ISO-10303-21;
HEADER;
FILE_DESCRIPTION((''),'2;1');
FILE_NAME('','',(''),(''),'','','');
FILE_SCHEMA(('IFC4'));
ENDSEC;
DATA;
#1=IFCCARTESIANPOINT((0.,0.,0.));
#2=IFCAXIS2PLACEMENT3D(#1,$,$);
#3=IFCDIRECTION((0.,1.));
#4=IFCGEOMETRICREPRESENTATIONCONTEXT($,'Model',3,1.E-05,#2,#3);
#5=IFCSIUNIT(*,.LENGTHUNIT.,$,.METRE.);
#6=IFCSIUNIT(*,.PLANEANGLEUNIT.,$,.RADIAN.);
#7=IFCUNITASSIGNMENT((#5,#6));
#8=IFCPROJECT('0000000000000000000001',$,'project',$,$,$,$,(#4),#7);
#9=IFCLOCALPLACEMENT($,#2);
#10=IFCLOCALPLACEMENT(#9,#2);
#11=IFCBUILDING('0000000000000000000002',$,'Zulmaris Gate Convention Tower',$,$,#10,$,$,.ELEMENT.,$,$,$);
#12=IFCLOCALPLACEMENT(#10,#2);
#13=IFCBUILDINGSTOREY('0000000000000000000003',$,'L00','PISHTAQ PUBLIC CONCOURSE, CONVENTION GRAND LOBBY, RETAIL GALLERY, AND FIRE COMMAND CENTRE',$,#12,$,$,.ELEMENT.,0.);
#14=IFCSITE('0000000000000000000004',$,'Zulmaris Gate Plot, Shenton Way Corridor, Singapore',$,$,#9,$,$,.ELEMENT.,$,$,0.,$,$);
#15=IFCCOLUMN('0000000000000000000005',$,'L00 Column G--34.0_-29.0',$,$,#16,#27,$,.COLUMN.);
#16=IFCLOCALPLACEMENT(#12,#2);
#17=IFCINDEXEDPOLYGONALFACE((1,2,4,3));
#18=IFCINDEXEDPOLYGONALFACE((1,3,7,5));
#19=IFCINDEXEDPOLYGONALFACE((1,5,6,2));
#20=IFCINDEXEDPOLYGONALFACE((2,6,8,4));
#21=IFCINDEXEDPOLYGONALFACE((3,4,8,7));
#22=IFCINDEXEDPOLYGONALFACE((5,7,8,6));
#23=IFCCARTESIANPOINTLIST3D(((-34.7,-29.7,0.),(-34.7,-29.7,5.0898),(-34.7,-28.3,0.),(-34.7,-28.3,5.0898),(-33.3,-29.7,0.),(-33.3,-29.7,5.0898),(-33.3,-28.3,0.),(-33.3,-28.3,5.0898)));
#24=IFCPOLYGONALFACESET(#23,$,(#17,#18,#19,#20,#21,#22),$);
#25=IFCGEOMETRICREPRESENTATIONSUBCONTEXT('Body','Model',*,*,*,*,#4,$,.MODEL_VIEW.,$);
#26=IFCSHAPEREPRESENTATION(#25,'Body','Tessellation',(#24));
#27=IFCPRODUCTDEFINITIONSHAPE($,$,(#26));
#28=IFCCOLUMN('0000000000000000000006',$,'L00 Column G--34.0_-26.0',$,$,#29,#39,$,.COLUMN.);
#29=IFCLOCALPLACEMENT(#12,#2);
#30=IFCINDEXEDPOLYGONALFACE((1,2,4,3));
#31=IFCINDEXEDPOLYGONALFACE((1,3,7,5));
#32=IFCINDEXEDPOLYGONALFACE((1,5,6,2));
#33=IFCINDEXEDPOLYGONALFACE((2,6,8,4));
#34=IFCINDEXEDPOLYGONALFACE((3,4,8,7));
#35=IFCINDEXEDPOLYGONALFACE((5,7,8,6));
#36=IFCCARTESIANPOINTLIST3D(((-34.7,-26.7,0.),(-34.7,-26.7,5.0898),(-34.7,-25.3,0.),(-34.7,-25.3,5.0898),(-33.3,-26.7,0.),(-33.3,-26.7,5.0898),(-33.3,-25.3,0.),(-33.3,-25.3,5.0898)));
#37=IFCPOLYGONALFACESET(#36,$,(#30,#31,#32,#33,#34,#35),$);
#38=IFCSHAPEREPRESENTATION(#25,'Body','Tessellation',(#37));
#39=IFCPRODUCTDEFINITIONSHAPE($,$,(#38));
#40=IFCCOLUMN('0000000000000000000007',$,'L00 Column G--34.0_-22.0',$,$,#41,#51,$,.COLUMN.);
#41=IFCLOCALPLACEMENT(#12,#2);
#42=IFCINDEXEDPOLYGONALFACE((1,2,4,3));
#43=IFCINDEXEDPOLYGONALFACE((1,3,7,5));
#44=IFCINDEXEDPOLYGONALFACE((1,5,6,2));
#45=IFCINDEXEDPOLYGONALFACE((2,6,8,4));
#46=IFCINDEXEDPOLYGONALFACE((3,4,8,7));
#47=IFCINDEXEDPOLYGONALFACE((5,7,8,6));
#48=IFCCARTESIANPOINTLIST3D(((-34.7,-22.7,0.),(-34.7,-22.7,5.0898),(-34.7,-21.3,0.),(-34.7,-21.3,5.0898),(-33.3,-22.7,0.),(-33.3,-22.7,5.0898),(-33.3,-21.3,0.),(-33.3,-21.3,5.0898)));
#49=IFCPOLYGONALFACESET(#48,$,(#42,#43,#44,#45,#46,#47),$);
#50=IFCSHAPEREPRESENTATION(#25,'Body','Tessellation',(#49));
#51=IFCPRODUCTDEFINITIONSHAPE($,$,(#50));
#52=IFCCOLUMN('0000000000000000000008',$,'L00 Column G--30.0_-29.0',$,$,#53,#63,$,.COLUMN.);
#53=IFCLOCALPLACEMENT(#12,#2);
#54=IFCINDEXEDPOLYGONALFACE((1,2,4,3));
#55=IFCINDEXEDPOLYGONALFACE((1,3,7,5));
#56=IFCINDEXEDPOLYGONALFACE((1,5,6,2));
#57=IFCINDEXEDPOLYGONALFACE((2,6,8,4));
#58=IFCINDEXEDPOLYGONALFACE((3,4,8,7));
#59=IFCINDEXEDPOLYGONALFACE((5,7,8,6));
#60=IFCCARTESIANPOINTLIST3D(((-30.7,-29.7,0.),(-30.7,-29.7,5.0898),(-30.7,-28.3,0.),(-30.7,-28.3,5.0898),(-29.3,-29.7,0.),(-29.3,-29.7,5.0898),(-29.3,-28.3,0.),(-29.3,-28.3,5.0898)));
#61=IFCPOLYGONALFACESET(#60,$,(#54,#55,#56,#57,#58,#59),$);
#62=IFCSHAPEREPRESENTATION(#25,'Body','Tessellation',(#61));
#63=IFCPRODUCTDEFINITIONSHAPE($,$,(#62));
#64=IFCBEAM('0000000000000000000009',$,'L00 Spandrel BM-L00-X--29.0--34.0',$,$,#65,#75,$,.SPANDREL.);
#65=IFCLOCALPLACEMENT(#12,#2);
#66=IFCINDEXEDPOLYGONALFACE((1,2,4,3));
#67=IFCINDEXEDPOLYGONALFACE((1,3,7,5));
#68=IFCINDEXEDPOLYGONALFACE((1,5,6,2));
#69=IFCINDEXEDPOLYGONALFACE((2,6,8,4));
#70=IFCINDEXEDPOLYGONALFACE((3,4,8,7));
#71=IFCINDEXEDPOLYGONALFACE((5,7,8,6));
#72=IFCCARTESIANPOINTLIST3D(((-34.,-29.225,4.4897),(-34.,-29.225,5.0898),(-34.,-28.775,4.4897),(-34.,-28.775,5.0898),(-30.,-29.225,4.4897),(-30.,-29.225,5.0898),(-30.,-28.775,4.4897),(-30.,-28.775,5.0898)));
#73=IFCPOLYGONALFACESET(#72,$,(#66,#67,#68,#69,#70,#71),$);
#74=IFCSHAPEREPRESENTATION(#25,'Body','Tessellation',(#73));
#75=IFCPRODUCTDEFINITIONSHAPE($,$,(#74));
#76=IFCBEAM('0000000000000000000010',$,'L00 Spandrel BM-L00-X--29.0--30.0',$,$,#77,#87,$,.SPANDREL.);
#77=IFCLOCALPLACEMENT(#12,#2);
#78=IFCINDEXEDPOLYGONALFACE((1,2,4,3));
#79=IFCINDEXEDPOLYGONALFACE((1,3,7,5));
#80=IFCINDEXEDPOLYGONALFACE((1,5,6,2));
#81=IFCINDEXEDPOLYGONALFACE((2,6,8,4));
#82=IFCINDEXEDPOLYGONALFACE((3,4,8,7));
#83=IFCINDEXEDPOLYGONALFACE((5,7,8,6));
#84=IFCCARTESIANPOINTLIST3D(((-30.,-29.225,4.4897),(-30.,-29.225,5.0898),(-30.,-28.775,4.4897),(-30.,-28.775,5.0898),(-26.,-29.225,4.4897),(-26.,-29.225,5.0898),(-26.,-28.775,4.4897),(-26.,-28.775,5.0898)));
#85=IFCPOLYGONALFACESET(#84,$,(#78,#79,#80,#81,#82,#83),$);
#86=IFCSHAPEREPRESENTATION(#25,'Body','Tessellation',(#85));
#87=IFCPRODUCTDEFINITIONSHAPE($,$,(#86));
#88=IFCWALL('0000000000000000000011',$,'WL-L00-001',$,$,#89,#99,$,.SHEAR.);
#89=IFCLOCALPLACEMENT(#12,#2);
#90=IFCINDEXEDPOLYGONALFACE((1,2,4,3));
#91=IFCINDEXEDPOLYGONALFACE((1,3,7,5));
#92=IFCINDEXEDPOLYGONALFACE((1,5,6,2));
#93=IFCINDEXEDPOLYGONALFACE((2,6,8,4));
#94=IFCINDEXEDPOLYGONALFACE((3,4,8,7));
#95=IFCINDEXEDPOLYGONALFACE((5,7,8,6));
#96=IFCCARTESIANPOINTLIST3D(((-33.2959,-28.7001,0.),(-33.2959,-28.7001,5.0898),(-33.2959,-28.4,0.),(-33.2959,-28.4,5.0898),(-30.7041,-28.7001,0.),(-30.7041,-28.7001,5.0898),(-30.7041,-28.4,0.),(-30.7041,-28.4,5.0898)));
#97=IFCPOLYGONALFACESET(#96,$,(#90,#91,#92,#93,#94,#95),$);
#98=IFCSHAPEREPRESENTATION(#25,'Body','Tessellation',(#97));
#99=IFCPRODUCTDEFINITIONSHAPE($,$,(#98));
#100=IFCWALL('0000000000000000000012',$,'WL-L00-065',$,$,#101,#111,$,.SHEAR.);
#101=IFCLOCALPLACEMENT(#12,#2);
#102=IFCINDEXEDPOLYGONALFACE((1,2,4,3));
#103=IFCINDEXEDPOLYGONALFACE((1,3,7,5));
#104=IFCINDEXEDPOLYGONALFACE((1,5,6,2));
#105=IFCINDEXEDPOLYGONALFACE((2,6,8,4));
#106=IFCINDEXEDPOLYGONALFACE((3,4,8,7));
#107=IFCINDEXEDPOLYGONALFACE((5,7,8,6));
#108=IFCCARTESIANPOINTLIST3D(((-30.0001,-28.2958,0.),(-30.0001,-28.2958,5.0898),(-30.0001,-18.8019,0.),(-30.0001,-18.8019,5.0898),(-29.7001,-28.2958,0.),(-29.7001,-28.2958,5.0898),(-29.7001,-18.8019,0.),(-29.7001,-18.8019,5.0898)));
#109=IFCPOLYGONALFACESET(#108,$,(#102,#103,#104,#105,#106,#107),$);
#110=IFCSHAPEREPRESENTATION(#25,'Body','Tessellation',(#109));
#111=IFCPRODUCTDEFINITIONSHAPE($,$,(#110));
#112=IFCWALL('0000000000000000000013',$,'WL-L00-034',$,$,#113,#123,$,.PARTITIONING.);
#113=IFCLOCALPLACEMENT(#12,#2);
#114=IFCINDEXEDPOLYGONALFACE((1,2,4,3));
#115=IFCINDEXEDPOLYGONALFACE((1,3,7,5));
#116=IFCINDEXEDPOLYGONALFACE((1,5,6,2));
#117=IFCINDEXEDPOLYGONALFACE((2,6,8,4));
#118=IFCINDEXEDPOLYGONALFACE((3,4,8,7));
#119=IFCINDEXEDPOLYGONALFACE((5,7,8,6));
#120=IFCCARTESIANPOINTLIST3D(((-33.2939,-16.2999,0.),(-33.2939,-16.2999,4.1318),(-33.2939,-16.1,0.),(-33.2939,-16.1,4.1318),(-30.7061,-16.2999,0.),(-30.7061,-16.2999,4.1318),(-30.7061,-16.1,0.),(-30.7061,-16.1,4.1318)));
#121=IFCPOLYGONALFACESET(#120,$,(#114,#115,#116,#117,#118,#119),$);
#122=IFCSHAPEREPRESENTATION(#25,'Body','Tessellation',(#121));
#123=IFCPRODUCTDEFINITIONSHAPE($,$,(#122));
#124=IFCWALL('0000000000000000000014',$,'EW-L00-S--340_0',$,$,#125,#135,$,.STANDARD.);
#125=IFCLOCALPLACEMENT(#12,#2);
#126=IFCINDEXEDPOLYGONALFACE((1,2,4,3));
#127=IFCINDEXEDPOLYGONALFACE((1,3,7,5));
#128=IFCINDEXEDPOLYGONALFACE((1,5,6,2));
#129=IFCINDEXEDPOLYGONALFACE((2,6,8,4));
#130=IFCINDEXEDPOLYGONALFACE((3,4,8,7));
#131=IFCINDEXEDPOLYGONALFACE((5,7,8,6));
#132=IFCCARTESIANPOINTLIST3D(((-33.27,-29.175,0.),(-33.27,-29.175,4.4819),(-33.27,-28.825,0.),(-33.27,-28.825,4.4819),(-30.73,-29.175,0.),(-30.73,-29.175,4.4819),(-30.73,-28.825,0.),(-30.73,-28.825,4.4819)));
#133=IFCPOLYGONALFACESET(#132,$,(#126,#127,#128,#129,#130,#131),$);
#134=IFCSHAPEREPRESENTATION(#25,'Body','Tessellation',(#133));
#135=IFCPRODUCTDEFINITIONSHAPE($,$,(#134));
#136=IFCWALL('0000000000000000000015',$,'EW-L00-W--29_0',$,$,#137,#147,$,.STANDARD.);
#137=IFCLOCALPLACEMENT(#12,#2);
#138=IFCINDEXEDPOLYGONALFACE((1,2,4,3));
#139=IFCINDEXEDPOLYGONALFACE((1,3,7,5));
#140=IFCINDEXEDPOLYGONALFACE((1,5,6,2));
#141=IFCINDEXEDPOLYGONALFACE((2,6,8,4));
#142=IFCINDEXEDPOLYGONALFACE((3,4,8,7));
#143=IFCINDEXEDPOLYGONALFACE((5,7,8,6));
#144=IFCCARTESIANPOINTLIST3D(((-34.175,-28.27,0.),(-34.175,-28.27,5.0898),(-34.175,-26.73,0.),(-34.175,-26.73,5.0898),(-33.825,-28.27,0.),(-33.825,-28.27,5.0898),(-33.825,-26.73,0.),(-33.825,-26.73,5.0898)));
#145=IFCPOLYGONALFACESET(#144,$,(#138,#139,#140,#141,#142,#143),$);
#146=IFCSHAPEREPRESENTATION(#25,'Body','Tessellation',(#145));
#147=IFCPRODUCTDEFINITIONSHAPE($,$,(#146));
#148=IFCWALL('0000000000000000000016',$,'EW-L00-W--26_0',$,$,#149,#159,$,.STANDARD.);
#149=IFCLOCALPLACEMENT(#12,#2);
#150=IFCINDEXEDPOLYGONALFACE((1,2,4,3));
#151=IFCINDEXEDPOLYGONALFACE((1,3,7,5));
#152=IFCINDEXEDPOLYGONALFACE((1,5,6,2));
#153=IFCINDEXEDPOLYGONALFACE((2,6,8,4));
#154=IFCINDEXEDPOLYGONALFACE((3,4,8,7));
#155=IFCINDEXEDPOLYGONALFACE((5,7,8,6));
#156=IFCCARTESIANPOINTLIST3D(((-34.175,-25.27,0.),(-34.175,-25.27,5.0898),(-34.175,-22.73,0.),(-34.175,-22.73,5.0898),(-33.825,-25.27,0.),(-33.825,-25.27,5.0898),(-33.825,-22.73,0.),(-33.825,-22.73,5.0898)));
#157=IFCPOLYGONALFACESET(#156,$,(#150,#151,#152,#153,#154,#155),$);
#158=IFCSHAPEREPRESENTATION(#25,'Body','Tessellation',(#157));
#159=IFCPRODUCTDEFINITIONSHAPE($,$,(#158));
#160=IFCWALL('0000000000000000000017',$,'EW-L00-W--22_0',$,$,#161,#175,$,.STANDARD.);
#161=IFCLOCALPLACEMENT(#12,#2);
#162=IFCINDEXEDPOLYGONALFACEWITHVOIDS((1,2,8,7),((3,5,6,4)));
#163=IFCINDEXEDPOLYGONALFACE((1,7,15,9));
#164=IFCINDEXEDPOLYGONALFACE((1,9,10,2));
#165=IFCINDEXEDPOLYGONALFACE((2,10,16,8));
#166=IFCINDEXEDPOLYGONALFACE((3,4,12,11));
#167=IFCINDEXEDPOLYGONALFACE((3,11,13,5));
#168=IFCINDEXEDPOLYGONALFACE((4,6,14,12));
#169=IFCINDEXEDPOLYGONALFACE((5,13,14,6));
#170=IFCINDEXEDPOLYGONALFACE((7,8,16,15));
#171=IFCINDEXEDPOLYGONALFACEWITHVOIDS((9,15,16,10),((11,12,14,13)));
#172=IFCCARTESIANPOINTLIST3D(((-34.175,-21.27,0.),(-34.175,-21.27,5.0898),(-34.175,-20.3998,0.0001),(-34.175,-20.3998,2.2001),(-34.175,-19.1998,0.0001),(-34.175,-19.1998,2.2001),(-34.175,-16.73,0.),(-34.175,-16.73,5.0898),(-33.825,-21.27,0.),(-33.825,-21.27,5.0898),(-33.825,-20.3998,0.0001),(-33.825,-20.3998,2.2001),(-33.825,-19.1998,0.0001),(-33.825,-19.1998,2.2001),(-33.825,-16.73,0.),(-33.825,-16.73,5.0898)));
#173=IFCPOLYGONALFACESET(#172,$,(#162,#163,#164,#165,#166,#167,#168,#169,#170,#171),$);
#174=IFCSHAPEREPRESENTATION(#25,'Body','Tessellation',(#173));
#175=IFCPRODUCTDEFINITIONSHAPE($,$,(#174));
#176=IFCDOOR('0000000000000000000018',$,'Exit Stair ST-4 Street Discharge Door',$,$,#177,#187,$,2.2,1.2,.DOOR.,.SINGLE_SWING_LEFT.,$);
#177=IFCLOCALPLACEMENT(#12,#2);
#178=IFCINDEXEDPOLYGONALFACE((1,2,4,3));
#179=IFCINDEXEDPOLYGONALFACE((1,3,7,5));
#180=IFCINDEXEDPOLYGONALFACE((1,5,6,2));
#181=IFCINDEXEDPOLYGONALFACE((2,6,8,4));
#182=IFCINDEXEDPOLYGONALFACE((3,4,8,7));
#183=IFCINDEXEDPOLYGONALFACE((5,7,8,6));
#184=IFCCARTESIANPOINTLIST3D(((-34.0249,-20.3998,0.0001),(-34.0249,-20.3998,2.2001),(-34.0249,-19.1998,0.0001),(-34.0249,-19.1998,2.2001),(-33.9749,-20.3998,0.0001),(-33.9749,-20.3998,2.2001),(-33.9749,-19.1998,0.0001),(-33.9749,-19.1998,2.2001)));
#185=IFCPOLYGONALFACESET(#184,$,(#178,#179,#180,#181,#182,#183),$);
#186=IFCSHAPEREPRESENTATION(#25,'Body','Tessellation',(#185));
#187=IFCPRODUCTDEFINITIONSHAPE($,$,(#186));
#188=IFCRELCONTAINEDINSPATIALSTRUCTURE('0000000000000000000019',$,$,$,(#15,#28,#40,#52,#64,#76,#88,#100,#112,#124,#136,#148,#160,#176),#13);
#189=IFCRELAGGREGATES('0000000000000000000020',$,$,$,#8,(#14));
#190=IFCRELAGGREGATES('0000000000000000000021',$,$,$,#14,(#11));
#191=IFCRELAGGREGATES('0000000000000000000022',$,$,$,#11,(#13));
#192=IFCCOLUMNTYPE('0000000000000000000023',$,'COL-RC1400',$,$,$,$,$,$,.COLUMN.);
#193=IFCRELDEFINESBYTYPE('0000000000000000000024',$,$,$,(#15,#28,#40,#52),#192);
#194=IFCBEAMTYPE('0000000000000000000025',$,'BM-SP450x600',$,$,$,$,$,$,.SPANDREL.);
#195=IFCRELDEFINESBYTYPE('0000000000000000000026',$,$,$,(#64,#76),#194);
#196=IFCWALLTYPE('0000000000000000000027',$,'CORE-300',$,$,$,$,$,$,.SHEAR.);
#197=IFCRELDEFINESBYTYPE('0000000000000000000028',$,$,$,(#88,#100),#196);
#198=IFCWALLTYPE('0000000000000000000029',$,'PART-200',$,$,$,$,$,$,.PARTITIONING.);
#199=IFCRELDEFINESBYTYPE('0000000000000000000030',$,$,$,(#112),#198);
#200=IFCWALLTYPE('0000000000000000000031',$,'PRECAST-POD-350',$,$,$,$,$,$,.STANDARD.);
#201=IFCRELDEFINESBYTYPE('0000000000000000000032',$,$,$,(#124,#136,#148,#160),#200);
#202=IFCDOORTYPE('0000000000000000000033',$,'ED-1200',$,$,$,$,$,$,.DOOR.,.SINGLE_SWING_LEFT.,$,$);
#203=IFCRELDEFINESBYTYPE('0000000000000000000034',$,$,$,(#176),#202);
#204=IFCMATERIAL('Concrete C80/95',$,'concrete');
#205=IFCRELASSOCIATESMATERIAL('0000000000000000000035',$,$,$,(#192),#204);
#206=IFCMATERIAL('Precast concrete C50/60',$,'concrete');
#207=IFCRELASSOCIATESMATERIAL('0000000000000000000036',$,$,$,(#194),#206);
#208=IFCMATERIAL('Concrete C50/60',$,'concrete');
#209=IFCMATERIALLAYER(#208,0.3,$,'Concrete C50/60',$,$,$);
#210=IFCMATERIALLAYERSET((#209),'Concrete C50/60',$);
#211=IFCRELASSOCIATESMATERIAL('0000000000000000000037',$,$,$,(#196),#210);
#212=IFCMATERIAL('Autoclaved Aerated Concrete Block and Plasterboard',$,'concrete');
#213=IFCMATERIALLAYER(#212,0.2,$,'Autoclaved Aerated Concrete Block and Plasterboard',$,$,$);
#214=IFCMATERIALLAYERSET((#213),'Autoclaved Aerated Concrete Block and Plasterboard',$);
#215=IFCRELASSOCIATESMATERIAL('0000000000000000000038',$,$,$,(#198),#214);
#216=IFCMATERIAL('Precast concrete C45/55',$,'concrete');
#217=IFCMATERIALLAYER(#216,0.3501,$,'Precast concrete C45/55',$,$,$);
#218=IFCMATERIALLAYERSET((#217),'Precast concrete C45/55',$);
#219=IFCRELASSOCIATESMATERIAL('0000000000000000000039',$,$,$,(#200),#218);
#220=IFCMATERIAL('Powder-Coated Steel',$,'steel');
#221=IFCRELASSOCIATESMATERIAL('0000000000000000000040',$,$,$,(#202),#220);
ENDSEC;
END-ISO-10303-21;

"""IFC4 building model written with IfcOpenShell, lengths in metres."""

from ifc_helpers import new_model, si_unit, direction, frame, frame_2d, origin, origin_2d, place, context, subcontext, project, spatial, rectangle, extrude, material, layer, layer_set, material_profile, profile_set, type_object, element, fill, save


model = new_model("IFC4")

# Units and contexts
model_context = context("Model", 3, precision=1e-05, world=origin(), true_north=direction((0.0, 1.0)))
body_context = subcontext(model_context, "Body", "Model", "MODEL_VIEW")
ifc_project = project(units=[si_unit("LENGTHUNIT", "METRE"), si_unit("PLANEANGLEUNIT", "RADIAN")], contexts=[model_context])

# Site, building, storey
site_placement = place(None, origin())
site = spatial("IfcSite", under=ifc_project, at=site_placement, Name="Zulmaris Gate Plot, Shenton Way Corridor, Singapore", CompositionType="ELEMENT", RefElevation=0.0)
building_placement = place(site_placement, origin())
building = spatial("IfcBuilding", under=site, at=building_placement, Name="Zulmaris Gate Convention Tower", CompositionType="ELEMENT")
storey_placement = place(building_placement, origin())
storey = spatial("IfcBuildingStorey", under=building, at=storey_placement, Name="L00", Description="PISHTAQ PUBLIC CONCOURSE, CONVENTION GRAND LOBBY, RETAIL GALLERY, AND FIRE COMMAND CENTRE", CompositionType="ELEMENT", Elevation=0.0)

# Columns
ifc_material_1 = material(Name="Concrete C80/95", Category="concrete")
ifc_material_profile_1 = material_profile(ifc_material_1, rectangle(XDim=1.3999, YDim=1.3999, at=origin_2d()), Name="RC COL 1400x1400")
ifc_profile_set_1 = profile_set([ifc_material_profile_1], Name="Concrete C80/95")
column_type = type_object("IfcColumnType", Name="COL-RC1400", PredefinedType="COLUMN", material=ifc_profile_set_1)
for number, where, z_axis, x_axis, name in (
    (1, (-34.0, -29.0, 0.0), (0.0, 0.0, 1.0), (1.0, 0.0, 0.0), "L00 Column G--34.0_-29.0"),
    (2, (-34.0, -26.0, 0.0), (0.0, 0.0, 1.0), (1.0, 0.0, 0.0), "L00 Column G--34.0_-26.0"),
    (3, (-34.0, -22.0, 0.0), (0.0, 0.0, 1.0), (1.0, 0.0, 0.0), "L00 Column G--34.0_-22.0"),
    (4, (-30.0, -29.0, 0.0), (0.0, 0.0, 1.0), (1.0, 0.0, 0.0), "L00 Column G--30.0_-29.0"),
):
    element("IfcColumn", number, at=place(storey_placement, frame(where, z_axis=z_axis, x_axis=x_axis)), inside=storey, type_object=column_type, Name=name, PredefinedType="COLUMN", context=body_context, shape_type="SweptSolid", body=[
        extrude(rectangle(XDim=1.3999, YDim=1.3999, at=origin_2d()), origin(), (0.0, 0.0, 1.0), 5.0898),
    ])

# Beams
ifc_material_2 = material(Name="Precast concrete C50/60", Category="concrete")
ifc_material_profile_2 = material_profile(ifc_material_2, rectangle(XDim=0.45, YDim=0.6001, at=origin_2d()), Name="RC SPANDREL 450x600")
ifc_profile_set_2 = profile_set([ifc_material_profile_2], Name="Precast concrete C50/60")
beam_type = type_object("IfcBeamType", Name="BM-SP450x600", PredefinedType="SPANDREL", material=ifc_profile_set_2)
for number, where, z_axis, x_axis, name in (
    (5, (-34.0, -29.0, 4.7898), (1.0, 0.0, 0.0), (0.0, 1.0, 0.0), "L00 Spandrel BM-L00-X--29.0--34.0"),
    (6, (-30.0, -29.0, 4.7898), (1.0, 0.0, 0.0), (0.0, 1.0, 0.0), "L00 Spandrel BM-L00-X--29.0--30.0"),
):
    element("IfcBeam", number, at=place(storey_placement, frame(where, z_axis=z_axis, x_axis=x_axis)), inside=storey, type_object=beam_type, Name=name, PredefinedType="SPANDREL", context=body_context, shape_type="SweptSolid", body=[
        extrude(rectangle(XDim=0.45, YDim=0.6001, at=origin_2d()), origin(), (0.0, 0.0, 1.0), 4.0),
    ])

# Wall
ifc_material_3 = material(Name="Concrete C50/60", Category="concrete")
ifc_layer_1 = layer(ifc_material_3, 0.3, Name="Concrete C50/60")
ifc_layer_set_1 = layer_set([ifc_layer_1], Name="Concrete C50/60")
wall_type_1 = type_object("IfcWallType", Name="CORE-300", PredefinedType="SHEAR", material=ifc_layer_set_1)
wall_1_placement = place(storey_placement, frame((-33.2959, -28.55, 0.0), z_axis=(0.0, 0.0, 1.0), x_axis=(1.0, 0.0, 0.0)))
element("IfcWall", 7, at=wall_1_placement, inside=storey, type_object=wall_type_1, Name="WL-L00-001", PredefinedType="SHEAR", context=body_context, shape_type="SweptSolid", body=[
    extrude(rectangle(XDim=2.5918, YDim=0.3, at=frame_2d((1.2959, 0.0))), origin(), (0.0, 0.0, 1.0), 5.0898),
])

# Wall
wall_2_placement = place(storey_placement, frame((-29.8501, -28.2959, 0.0), z_axis=(0.0, 0.0, 1.0), x_axis=(0.0, 1.0, 0.0)))
element("IfcWall", 8, at=wall_2_placement, inside=storey, type_object=wall_type_1, Name="WL-L00-065", PredefinedType="SHEAR", context=body_context, shape_type="SweptSolid", body=[
    extrude(rectangle(XDim=9.4939, YDim=0.3, at=frame_2d((4.7471, 0.0))), origin(), (0.0, 0.0, 1.0), 5.0898),
])

# Shared definitions
ifc_material_4 = material(Name="Autoclaved Aerated Concrete Block and Plasterboard", Category="concrete")
ifc_layer_2 = layer(ifc_material_4, 0.2, Name="Autoclaved Aerated Concrete Block and Plasterboard")
ifc_layer_set_2 = layer_set([ifc_layer_2], Name="Autoclaved Aerated Concrete Block and Plasterboard")
wall_type_2 = type_object("IfcWallType", Name="PART-200", PredefinedType="PARTITIONING", material=ifc_layer_set_2)

# Walls
wall_3_placement = place(storey_placement, frame((-33.2939, -16.2, 0.0), z_axis=(0.0, 0.0, 1.0), x_axis=(1.0, 0.0, 0.0)))
element("IfcWall", 9, at=wall_3_placement, inside=storey, type_object=wall_type_2, Name="WL-L00-034", PredefinedType="PARTITIONING", context=body_context, shape_type="SweptSolid", body=[
    extrude(rectangle(XDim=2.5879, YDim=0.2, at=frame_2d((1.2939, 0.0))), origin(), (0.0, 0.0, 1.0), 4.1318),
])
ifc_material_5 = material(Name="Precast concrete C45/55", Category="concrete")
ifc_layer_3 = layer(ifc_material_5, 0.3501, Name="Precast concrete C45/55")
ifc_layer_set_3 = layer_set([ifc_layer_3], Name="Precast concrete C45/55")
wall_type_3 = type_object("IfcWallType", Name="PRECAST-POD-350", PredefinedType="STANDARD", material=ifc_layer_set_3)
wall_4_placement = place(storey_placement, frame((-33.27, -29.0, 0.0), z_axis=(0.0, 0.0, 1.0), x_axis=(1.0, 0.0, 0.0)))
element("IfcWall", 10, at=wall_4_placement, inside=storey, type_object=wall_type_3, Name="EW-L00-S--340_0", PredefinedType="STANDARD", context=body_context, shape_type="SweptSolid", body=[
    extrude(rectangle(XDim=2.54, YDim=0.3501, at=frame_2d((1.27, 0.0))), origin(), (0.0, 0.0, 1.0), 4.4819),
])
wall_5_placement = place(storey_placement, frame((-34.0, -28.27, 0.0), z_axis=(0.0, 0.0, 1.0), x_axis=(0.0, 1.0, 0.0)))
element("IfcWall", 11, at=wall_5_placement, inside=storey, type_object=wall_type_3, Name="EW-L00-W--29_0", PredefinedType="STANDARD", context=body_context, shape_type="SweptSolid", body=[
    extrude(rectangle(XDim=1.54, YDim=0.3501, at=frame_2d((0.77, 0.0))), origin(), (0.0, 0.0, 1.0), 5.0898),
])
wall_6_placement = place(storey_placement, frame((-34.0, -25.27, 0.0), z_axis=(0.0, 0.0, 1.0), x_axis=(0.0, 1.0, 0.0)))
element("IfcWall", 12, at=wall_6_placement, inside=storey, type_object=wall_type_3, Name="EW-L00-W--26_0", PredefinedType="STANDARD", context=body_context, shape_type="SweptSolid", body=[
    extrude(rectangle(XDim=2.54, YDim=0.3501, at=frame_2d((1.27, 0.0))), origin(), (0.0, 0.0, 1.0), 5.0898),
])

# Wall, opening, door
wall_7_placement = place(storey_placement, frame((-34.0, -21.27, 0.0), z_axis=(0.0, 0.0, 1.0), x_axis=(0.0, 1.0, 0.0)))
wall_7 = element("IfcWall", 13, at=wall_7_placement, inside=storey, type_object=wall_type_3, Name="EW-L00-W--22_0", PredefinedType="STANDARD", context=body_context, shape_type="SweptSolid", body=[
    extrude(rectangle(XDim=4.54, YDim=0.3501, at=frame_2d((2.27, 0.0))), origin(), (0.0, 0.0, 1.0), 5.0898),
])
opening_1_placement = place(wall_7_placement, frame((0.8701, 0.0, 0.0)))
opening_1 = element("IfcOpeningElement", 14, at=opening_1_placement, cuts=wall_7, PredefinedType="OPENING", context=body_context, shape_type="SweptSolid", body=[
    extrude(rectangle(XDim=1.2, YDim=2.2, at=frame_2d((0.6001, 1.1001))), frame((0.0, 0.1851, 0.0), z_axis=(0.0, -1.0, 0.0), x_axis=(1.0, 0.0, 0.0)), (0.0, 0.0, 1.0), 0.3701),
])
ifc_material_6 = material(Name="Powder-Coated Steel", Category="steel")
door_type_1 = type_object("IfcDoorType", Name="ED-1200", OperationType="SINGLE_SWING_LEFT", PredefinedType="DOOR", material=ifc_material_6)
door_1_placement = place(opening_1_placement, origin())
door_1 = element("IfcDoor", 15, at=door_1_placement, inside=storey, type_object=door_type_1, Name="Exit Stair ST-4 Street Discharge Door", OperationType="SINGLE_SWING_LEFT", OverallHeight=2.2, OverallWidth=1.2, PredefinedType="DOOR", context=body_context, shape_type="SweptSolid", body=[
    extrude(rectangle(XDim=1.2, YDim=2.2, at=frame_2d((0.6001, 1.1001))), frame((0.0, 0.0249, 0.0), z_axis=(0.0, -1.0, 0.0), x_axis=(1.0, 0.0, 0.0)), (0.0, 0.0, 1.0), 0.05),
])
fill(opening_1, door_1)

save(model, "model.ifc")
